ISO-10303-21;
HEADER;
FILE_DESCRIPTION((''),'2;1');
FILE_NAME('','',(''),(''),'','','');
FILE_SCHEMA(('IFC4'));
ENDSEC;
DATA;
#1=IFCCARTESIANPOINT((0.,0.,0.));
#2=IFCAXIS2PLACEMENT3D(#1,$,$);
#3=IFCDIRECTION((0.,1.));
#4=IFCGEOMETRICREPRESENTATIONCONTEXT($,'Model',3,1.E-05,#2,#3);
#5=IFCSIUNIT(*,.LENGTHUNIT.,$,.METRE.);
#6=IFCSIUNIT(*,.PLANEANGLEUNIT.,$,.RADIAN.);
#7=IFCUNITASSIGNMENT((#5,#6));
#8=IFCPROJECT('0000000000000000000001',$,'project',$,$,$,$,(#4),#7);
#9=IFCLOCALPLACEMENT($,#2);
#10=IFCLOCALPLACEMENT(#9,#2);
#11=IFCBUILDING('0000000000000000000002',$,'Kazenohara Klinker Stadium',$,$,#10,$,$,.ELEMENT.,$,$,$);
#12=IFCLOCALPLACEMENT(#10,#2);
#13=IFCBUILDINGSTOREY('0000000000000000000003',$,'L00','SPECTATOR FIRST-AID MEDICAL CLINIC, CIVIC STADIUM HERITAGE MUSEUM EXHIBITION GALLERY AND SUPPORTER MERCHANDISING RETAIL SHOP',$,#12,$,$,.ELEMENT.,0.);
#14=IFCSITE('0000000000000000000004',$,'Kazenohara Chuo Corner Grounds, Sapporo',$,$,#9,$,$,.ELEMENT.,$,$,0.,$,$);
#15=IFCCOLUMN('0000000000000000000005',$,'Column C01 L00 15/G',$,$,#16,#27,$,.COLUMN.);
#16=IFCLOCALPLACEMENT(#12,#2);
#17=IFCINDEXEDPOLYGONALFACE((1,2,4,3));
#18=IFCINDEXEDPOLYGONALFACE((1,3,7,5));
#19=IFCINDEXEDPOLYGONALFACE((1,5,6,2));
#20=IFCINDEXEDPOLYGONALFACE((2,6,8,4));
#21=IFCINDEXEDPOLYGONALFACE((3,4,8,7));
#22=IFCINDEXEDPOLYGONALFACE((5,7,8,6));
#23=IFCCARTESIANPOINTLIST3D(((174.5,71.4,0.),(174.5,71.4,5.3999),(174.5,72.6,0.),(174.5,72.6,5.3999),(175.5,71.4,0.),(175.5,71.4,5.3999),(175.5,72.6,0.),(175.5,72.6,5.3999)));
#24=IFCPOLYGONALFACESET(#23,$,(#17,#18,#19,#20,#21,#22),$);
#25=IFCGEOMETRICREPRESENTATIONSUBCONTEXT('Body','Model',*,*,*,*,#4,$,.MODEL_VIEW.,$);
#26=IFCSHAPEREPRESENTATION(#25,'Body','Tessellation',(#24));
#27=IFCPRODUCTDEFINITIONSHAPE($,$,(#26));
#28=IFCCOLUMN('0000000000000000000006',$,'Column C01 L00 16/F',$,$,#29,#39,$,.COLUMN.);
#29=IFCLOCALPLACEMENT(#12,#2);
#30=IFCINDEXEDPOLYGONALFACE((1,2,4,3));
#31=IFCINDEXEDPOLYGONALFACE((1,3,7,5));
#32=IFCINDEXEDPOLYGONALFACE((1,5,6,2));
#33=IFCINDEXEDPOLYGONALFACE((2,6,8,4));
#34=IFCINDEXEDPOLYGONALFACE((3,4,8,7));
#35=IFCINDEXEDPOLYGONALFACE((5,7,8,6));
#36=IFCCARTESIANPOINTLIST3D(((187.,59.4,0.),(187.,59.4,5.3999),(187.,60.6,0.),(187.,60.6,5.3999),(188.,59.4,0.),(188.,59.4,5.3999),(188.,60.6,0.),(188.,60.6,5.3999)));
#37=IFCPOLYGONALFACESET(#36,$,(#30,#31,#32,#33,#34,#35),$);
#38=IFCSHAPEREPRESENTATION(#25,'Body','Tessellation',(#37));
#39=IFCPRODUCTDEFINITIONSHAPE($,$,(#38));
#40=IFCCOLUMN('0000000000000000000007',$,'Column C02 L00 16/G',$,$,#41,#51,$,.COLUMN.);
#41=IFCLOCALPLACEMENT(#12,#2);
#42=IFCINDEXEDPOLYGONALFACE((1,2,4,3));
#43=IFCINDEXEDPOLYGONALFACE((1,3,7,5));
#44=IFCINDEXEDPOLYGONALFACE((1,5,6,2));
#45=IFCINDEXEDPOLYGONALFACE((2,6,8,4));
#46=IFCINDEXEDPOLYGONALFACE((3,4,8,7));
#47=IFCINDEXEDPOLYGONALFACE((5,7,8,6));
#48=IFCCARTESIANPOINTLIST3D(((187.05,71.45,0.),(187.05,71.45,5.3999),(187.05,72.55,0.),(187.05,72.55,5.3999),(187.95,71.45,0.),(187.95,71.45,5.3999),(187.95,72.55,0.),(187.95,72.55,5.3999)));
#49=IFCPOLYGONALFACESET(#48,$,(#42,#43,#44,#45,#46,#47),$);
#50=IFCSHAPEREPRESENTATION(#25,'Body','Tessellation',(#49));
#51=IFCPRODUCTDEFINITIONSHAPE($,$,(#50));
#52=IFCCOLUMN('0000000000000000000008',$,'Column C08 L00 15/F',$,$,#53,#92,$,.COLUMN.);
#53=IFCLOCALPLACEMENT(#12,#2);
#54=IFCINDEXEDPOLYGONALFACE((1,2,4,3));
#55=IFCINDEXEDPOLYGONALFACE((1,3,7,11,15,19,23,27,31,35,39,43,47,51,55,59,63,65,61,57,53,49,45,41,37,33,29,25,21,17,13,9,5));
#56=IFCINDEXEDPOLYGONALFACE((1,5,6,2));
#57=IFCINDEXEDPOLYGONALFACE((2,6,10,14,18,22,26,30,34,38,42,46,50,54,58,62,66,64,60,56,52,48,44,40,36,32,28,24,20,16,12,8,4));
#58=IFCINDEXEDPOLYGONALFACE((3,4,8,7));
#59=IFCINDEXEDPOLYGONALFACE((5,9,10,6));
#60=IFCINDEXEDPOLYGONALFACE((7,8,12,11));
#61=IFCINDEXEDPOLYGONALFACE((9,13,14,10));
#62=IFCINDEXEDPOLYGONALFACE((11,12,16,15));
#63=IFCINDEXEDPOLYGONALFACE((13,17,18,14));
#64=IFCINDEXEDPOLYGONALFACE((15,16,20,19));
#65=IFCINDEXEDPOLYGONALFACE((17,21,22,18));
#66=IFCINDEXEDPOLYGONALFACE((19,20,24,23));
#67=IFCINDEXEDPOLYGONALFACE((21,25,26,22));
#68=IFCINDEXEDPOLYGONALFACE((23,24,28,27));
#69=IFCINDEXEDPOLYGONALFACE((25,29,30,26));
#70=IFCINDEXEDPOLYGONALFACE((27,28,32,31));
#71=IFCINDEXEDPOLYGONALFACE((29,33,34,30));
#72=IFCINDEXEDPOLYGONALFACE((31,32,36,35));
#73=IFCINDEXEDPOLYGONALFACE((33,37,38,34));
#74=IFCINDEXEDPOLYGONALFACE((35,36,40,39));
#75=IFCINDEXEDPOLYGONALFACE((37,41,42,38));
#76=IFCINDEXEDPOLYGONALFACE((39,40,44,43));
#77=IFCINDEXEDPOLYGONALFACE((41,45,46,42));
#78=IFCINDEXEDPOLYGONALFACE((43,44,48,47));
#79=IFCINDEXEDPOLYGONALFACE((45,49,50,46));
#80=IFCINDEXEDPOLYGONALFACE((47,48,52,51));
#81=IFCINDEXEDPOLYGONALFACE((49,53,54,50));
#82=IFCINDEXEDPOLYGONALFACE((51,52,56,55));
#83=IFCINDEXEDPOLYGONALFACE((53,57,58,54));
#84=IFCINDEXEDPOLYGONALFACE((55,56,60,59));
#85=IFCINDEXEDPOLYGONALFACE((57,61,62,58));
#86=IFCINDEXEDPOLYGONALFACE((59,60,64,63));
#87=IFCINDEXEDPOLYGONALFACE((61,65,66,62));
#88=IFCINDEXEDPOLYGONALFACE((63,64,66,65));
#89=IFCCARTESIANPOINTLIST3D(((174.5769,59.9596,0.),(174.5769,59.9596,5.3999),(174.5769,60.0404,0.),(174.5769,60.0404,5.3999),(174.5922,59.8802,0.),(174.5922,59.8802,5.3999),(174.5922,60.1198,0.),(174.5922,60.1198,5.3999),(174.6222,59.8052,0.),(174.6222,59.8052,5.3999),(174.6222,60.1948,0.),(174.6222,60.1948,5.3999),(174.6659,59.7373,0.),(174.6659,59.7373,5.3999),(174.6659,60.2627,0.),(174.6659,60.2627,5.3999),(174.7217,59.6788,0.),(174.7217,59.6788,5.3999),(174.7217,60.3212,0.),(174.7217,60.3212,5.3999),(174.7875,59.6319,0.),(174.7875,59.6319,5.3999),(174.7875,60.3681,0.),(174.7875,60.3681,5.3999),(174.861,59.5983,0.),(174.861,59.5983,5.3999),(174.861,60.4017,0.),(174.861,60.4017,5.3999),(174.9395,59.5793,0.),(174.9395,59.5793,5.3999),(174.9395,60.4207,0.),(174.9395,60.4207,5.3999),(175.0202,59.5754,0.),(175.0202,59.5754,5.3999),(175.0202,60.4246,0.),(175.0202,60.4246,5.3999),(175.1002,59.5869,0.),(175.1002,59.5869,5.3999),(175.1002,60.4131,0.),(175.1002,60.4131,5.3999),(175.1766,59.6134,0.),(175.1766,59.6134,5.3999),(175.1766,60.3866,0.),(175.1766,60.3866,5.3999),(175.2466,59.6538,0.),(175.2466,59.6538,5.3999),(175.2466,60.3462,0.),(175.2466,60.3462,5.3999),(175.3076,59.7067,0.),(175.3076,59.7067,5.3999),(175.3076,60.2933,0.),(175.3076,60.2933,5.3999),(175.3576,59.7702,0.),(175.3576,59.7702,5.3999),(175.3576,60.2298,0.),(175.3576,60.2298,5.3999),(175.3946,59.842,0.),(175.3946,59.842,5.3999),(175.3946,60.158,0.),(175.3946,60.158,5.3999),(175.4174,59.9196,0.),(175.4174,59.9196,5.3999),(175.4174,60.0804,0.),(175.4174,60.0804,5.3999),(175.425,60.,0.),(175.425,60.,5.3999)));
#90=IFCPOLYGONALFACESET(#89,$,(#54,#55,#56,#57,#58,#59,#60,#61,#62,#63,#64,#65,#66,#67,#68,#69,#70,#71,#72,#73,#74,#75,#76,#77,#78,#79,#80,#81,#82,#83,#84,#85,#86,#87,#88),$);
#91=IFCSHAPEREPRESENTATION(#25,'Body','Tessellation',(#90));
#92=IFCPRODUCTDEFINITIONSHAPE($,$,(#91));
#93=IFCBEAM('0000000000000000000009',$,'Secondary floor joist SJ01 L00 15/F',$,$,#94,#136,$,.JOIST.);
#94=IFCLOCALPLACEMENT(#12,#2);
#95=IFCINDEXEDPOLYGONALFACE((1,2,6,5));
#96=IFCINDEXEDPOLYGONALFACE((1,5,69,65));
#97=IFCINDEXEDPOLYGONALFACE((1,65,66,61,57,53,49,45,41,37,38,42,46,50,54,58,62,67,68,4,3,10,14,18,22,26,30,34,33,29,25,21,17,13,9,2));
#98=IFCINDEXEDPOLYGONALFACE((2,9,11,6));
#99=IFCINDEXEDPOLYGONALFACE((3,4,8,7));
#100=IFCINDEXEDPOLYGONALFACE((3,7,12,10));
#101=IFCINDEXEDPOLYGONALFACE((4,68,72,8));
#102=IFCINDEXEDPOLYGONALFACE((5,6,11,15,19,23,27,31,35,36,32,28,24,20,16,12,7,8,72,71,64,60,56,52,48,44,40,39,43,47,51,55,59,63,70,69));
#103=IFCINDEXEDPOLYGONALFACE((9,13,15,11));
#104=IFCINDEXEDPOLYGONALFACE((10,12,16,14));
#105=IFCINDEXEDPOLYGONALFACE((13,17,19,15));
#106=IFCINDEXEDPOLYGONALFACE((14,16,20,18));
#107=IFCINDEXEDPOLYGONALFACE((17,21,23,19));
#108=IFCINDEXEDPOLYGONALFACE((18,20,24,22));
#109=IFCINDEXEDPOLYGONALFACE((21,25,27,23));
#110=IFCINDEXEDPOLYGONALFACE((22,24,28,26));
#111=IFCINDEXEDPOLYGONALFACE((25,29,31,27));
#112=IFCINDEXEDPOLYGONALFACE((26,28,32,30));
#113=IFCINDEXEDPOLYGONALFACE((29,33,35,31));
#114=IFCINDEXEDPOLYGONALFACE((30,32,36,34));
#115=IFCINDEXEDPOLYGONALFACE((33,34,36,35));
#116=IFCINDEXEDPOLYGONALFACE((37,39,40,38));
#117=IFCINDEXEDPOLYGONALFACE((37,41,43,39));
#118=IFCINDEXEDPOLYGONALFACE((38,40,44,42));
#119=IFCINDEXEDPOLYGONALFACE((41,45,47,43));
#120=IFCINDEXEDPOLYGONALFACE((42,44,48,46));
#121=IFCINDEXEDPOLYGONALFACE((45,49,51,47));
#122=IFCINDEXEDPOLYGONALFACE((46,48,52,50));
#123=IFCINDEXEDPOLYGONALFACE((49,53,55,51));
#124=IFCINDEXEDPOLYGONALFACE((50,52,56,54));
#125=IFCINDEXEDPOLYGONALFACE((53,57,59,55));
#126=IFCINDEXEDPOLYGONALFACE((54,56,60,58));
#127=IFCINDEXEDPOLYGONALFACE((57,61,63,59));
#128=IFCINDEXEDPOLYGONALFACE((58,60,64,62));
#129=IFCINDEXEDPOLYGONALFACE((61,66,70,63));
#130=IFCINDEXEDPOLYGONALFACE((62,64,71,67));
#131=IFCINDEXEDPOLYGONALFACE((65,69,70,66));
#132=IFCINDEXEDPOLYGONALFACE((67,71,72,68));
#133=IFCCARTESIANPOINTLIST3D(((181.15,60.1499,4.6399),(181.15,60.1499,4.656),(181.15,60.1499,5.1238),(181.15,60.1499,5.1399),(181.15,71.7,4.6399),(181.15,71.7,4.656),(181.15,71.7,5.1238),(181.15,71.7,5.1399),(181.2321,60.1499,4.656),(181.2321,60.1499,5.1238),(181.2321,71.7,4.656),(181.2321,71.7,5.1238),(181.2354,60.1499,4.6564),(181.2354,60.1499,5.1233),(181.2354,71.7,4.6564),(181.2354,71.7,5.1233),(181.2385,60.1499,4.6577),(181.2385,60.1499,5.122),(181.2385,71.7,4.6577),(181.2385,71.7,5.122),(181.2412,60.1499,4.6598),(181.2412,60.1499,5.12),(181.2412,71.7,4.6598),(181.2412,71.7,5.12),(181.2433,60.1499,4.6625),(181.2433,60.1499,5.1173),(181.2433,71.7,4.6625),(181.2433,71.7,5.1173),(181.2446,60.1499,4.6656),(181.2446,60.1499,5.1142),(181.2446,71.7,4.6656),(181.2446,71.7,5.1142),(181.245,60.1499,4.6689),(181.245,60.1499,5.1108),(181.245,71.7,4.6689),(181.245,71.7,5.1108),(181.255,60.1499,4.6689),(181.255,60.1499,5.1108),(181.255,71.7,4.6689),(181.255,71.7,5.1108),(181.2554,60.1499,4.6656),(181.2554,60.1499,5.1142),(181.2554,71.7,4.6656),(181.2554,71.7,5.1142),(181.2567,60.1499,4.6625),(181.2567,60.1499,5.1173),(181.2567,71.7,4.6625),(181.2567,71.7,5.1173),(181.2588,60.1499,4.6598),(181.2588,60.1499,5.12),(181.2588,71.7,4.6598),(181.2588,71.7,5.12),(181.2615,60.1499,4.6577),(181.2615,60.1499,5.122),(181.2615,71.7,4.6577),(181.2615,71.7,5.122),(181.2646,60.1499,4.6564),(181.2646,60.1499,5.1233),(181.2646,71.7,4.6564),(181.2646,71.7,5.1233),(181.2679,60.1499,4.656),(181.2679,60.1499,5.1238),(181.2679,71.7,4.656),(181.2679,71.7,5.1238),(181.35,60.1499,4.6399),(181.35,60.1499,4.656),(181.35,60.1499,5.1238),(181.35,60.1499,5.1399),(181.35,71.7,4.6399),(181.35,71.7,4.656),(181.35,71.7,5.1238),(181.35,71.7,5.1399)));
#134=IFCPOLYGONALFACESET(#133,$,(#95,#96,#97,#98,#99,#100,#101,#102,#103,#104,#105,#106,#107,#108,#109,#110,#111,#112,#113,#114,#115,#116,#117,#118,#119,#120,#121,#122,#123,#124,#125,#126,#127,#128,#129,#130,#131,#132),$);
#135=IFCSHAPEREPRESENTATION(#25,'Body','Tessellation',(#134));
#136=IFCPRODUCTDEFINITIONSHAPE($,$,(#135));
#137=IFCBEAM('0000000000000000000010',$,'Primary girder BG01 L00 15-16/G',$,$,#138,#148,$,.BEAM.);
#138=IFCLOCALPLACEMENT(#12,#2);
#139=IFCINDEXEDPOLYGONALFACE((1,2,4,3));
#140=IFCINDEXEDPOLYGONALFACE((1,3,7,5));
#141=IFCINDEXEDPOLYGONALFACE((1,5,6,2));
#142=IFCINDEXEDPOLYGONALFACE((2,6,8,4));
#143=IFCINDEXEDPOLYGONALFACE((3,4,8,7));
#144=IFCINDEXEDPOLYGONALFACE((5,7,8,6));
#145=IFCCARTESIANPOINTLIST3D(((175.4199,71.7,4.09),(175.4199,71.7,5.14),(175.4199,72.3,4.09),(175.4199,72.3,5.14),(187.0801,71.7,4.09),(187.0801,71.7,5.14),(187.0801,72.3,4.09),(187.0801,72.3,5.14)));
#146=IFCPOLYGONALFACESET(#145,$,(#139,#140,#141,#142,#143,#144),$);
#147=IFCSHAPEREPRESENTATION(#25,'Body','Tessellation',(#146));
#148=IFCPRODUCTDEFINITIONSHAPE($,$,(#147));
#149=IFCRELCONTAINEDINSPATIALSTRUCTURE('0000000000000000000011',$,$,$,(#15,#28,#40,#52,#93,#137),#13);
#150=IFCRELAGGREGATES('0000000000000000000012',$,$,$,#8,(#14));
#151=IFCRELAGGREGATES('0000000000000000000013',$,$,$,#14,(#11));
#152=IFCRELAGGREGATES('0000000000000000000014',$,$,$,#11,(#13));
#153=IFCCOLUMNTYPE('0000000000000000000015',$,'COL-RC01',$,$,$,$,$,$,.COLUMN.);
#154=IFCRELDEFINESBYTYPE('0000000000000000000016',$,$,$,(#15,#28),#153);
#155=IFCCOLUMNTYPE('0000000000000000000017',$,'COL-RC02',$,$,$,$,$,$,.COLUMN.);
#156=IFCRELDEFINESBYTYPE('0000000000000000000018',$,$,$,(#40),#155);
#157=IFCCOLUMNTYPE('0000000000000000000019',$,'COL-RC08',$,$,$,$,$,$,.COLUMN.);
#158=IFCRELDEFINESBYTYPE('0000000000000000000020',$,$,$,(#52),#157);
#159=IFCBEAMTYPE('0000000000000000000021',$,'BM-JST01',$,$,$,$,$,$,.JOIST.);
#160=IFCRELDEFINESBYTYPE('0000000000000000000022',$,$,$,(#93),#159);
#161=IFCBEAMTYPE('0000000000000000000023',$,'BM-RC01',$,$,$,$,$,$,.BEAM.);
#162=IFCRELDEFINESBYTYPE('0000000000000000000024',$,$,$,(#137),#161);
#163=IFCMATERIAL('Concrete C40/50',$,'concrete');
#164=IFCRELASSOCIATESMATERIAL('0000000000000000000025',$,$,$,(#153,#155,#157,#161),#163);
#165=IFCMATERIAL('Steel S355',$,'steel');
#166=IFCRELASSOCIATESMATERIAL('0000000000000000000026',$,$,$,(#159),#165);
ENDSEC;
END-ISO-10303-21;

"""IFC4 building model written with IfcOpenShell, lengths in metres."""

from ifc_helpers import new_model, si_unit, direction, frame, origin, origin_2d, place, context, subcontext, project, spatial, rectangle, circle, i_section, extrude, material, material_profile, profile_set, type_object, element, save


model = new_model("IFC4")

# Units and contexts
model_context = context("Model", 3, precision=1e-05, world=origin(), true_north=direction((0.0, 1.0)))
body_context = subcontext(model_context, "Body", "Model", "MODEL_VIEW")
ifc_project = project(units=[si_unit("LENGTHUNIT", "METRE"), si_unit("PLANEANGLEUNIT", "RADIAN")], contexts=[model_context])

# Site, building, storey
site_placement = place(None, origin())
site = spatial("IfcSite", under=ifc_project, at=site_placement, Name="Kazenohara Chuo Corner Grounds, Sapporo", CompositionType="ELEMENT", RefElevation=0.0)
building_placement = place(site_placement, origin())
building = spatial("IfcBuilding", under=site, at=building_placement, Name="Kazenohara Klinker Stadium", CompositionType="ELEMENT")
storey_placement = place(building_placement, origin())
storey = spatial("IfcBuildingStorey", under=building, at=storey_placement, Name="L00", Description="SPECTATOR FIRST-AID MEDICAL CLINIC, CIVIC STADIUM HERITAGE MUSEUM EXHIBITION GALLERY AND SUPPORTER MERCHANDISING RETAIL SHOP", CompositionType="ELEMENT", Elevation=0.0)

# Columns
ifc_material_1 = material(Name="Concrete C40/50", Category="concrete")
ifc_material_profile_1 = material_profile(ifc_material_1, rectangle(XDim=1.0, YDim=1.2, at=origin_2d()), Name="RC-COL-1200x1000")
ifc_profile_set_1 = profile_set([ifc_material_profile_1], Name="Concrete C40/50")
column_type_1 = type_object("IfcColumnType", Name="COL-RC01", PredefinedType="COLUMN", material=ifc_profile_set_1)
for number, where, z_axis, x_axis, name in (
    (1, (175.0, 72.0, 0.0), (0.0, 0.0, 1.0), (1.0, 0.0, 0.0), "Column C01 L00 15/G"),
    (2, (187.5, 60.0, 0.0), (0.0, 0.0, 1.0), (1.0, 0.0, 0.0), "Column C01 L00 16/F"),
):
    element("IfcColumn", number, at=place(storey_placement, frame(where, z_axis=z_axis, x_axis=x_axis)), inside=storey, type_object=column_type_1, Name=name, PredefinedType="COLUMN", context=body_context, shape_type="SweptSolid", body=[
        extrude(rectangle(XDim=1.0, YDim=1.2, at=origin_2d()), origin(), (0.0, 0.0, 1.0), 5.3999),
    ])
ifc_material_profile_2 = material_profile(ifc_material_1, rectangle(XDim=0.8999, YDim=1.1001, at=origin_2d()), Name="RC-COL-1100x900")
ifc_profile_set_2 = profile_set([ifc_material_profile_2], Name="Concrete C40/50")
column_type_2 = type_object("IfcColumnType", Name="COL-RC02", PredefinedType="COLUMN", material=ifc_profile_set_2)
column_1_placement = place(storey_placement, frame((187.5, 72.0, 0.0), z_axis=(0.0, 0.0, 1.0), x_axis=(1.0, 0.0, 0.0)))
element("IfcColumn", 3, at=column_1_placement, inside=storey, type_object=column_type_2, Name="Column C02 L00 16/G", PredefinedType="COLUMN", context=body_context, shape_type="SweptSolid", body=[
    extrude(rectangle(XDim=0.8999, YDim=1.1001, at=origin_2d()), origin(), (0.0, 0.0, 1.0), 5.3999),
])
ifc_material_profile_3 = material_profile(ifc_material_1, circle(Radius=0.425, at=origin_2d()), Name="RC-COL-D850")
ifc_profile_set_3 = profile_set([ifc_material_profile_3], Name="Concrete C40/50")
column_type_3 = type_object("IfcColumnType", Name="COL-RC08", PredefinedType="COLUMN", material=ifc_profile_set_3)
column_2_placement = place(storey_placement, frame((175.0, 60.0, 0.0), z_axis=(0.0, 0.0, 1.0), x_axis=(1.0, 0.0, 0.0)))
element("IfcColumn", 4, at=column_2_placement, inside=storey, type_object=column_type_3, Name="Column C08 L00 15/F", PredefinedType="COLUMN", context=body_context, shape_type="SweptSolid", body=[
    extrude(circle(Radius=0.425, at=origin_2d()), origin(), (0.0, 0.0, 1.0), 5.3999),
])

# Beams
ifc_material_2 = material(Name="Steel S355", Category="steel")
ifc_material_profile_4 = material_profile(ifc_material_2, i_section(OverallWidth=0.2, OverallDepth=0.5, WebThickness=0.01, FlangeThickness=0.0161, FilletRadius=0.0129, at=origin_2d()), Name="H-500x200x10x16")
ifc_profile_set_4 = profile_set([ifc_material_profile_4], Name="Steel S355")
beam_type_1 = type_object("IfcBeamType", Name="BM-JST01", PredefinedType="JOIST", material=ifc_profile_set_4)
beam_1_placement = place(storey_placement, frame((181.25, 60.1499, 4.8899), z_axis=(0.0, 1.0, 0.0), x_axis=(-1.0, 0.0, 0.0)))
element("IfcBeam", 5, at=beam_1_placement, inside=storey, type_object=beam_type_1, Name="Secondary floor joist SJ01 L00 15/F", PredefinedType="JOIST", context=body_context, shape_type="SweptSolid", body=[
    extrude(i_section(OverallWidth=0.2, OverallDepth=0.5, WebThickness=0.01, FlangeThickness=0.0161, FilletRadius=0.0129, at=origin_2d()), origin(), (0.0, 0.0, 1.0), 11.55),
])
ifc_material_profile_5 = material_profile(ifc_material_1, rectangle(XDim=0.6001, YDim=1.05, at=origin_2d()), Name="RC-BM-600x1050")
ifc_profile_set_5 = profile_set([ifc_material_profile_5], Name="Concrete C40/50")
beam_type_2 = type_object("IfcBeamType", Name="BM-RC01", PredefinedType="BEAM", material=ifc_profile_set_5)
beam_2_placement = place(storey_placement, frame((175.4199, 72.0, 4.615), z_axis=(1.0, 0.0, 0.0), x_axis=(0.0, 1.0, 0.0)))
element("IfcBeam", 6, at=beam_2_placement, inside=storey, type_object=beam_type_2, Name="Primary girder BG01 L00 15-16/G", PredefinedType="BEAM", context=body_context, shape_type="SweptSolid", body=[
    extrude(rectangle(XDim=0.6001, YDim=1.05, at=origin_2d()), origin(), (0.0, 0.0, 1.0), 11.6602),
])

save(model, "model.ifc")
